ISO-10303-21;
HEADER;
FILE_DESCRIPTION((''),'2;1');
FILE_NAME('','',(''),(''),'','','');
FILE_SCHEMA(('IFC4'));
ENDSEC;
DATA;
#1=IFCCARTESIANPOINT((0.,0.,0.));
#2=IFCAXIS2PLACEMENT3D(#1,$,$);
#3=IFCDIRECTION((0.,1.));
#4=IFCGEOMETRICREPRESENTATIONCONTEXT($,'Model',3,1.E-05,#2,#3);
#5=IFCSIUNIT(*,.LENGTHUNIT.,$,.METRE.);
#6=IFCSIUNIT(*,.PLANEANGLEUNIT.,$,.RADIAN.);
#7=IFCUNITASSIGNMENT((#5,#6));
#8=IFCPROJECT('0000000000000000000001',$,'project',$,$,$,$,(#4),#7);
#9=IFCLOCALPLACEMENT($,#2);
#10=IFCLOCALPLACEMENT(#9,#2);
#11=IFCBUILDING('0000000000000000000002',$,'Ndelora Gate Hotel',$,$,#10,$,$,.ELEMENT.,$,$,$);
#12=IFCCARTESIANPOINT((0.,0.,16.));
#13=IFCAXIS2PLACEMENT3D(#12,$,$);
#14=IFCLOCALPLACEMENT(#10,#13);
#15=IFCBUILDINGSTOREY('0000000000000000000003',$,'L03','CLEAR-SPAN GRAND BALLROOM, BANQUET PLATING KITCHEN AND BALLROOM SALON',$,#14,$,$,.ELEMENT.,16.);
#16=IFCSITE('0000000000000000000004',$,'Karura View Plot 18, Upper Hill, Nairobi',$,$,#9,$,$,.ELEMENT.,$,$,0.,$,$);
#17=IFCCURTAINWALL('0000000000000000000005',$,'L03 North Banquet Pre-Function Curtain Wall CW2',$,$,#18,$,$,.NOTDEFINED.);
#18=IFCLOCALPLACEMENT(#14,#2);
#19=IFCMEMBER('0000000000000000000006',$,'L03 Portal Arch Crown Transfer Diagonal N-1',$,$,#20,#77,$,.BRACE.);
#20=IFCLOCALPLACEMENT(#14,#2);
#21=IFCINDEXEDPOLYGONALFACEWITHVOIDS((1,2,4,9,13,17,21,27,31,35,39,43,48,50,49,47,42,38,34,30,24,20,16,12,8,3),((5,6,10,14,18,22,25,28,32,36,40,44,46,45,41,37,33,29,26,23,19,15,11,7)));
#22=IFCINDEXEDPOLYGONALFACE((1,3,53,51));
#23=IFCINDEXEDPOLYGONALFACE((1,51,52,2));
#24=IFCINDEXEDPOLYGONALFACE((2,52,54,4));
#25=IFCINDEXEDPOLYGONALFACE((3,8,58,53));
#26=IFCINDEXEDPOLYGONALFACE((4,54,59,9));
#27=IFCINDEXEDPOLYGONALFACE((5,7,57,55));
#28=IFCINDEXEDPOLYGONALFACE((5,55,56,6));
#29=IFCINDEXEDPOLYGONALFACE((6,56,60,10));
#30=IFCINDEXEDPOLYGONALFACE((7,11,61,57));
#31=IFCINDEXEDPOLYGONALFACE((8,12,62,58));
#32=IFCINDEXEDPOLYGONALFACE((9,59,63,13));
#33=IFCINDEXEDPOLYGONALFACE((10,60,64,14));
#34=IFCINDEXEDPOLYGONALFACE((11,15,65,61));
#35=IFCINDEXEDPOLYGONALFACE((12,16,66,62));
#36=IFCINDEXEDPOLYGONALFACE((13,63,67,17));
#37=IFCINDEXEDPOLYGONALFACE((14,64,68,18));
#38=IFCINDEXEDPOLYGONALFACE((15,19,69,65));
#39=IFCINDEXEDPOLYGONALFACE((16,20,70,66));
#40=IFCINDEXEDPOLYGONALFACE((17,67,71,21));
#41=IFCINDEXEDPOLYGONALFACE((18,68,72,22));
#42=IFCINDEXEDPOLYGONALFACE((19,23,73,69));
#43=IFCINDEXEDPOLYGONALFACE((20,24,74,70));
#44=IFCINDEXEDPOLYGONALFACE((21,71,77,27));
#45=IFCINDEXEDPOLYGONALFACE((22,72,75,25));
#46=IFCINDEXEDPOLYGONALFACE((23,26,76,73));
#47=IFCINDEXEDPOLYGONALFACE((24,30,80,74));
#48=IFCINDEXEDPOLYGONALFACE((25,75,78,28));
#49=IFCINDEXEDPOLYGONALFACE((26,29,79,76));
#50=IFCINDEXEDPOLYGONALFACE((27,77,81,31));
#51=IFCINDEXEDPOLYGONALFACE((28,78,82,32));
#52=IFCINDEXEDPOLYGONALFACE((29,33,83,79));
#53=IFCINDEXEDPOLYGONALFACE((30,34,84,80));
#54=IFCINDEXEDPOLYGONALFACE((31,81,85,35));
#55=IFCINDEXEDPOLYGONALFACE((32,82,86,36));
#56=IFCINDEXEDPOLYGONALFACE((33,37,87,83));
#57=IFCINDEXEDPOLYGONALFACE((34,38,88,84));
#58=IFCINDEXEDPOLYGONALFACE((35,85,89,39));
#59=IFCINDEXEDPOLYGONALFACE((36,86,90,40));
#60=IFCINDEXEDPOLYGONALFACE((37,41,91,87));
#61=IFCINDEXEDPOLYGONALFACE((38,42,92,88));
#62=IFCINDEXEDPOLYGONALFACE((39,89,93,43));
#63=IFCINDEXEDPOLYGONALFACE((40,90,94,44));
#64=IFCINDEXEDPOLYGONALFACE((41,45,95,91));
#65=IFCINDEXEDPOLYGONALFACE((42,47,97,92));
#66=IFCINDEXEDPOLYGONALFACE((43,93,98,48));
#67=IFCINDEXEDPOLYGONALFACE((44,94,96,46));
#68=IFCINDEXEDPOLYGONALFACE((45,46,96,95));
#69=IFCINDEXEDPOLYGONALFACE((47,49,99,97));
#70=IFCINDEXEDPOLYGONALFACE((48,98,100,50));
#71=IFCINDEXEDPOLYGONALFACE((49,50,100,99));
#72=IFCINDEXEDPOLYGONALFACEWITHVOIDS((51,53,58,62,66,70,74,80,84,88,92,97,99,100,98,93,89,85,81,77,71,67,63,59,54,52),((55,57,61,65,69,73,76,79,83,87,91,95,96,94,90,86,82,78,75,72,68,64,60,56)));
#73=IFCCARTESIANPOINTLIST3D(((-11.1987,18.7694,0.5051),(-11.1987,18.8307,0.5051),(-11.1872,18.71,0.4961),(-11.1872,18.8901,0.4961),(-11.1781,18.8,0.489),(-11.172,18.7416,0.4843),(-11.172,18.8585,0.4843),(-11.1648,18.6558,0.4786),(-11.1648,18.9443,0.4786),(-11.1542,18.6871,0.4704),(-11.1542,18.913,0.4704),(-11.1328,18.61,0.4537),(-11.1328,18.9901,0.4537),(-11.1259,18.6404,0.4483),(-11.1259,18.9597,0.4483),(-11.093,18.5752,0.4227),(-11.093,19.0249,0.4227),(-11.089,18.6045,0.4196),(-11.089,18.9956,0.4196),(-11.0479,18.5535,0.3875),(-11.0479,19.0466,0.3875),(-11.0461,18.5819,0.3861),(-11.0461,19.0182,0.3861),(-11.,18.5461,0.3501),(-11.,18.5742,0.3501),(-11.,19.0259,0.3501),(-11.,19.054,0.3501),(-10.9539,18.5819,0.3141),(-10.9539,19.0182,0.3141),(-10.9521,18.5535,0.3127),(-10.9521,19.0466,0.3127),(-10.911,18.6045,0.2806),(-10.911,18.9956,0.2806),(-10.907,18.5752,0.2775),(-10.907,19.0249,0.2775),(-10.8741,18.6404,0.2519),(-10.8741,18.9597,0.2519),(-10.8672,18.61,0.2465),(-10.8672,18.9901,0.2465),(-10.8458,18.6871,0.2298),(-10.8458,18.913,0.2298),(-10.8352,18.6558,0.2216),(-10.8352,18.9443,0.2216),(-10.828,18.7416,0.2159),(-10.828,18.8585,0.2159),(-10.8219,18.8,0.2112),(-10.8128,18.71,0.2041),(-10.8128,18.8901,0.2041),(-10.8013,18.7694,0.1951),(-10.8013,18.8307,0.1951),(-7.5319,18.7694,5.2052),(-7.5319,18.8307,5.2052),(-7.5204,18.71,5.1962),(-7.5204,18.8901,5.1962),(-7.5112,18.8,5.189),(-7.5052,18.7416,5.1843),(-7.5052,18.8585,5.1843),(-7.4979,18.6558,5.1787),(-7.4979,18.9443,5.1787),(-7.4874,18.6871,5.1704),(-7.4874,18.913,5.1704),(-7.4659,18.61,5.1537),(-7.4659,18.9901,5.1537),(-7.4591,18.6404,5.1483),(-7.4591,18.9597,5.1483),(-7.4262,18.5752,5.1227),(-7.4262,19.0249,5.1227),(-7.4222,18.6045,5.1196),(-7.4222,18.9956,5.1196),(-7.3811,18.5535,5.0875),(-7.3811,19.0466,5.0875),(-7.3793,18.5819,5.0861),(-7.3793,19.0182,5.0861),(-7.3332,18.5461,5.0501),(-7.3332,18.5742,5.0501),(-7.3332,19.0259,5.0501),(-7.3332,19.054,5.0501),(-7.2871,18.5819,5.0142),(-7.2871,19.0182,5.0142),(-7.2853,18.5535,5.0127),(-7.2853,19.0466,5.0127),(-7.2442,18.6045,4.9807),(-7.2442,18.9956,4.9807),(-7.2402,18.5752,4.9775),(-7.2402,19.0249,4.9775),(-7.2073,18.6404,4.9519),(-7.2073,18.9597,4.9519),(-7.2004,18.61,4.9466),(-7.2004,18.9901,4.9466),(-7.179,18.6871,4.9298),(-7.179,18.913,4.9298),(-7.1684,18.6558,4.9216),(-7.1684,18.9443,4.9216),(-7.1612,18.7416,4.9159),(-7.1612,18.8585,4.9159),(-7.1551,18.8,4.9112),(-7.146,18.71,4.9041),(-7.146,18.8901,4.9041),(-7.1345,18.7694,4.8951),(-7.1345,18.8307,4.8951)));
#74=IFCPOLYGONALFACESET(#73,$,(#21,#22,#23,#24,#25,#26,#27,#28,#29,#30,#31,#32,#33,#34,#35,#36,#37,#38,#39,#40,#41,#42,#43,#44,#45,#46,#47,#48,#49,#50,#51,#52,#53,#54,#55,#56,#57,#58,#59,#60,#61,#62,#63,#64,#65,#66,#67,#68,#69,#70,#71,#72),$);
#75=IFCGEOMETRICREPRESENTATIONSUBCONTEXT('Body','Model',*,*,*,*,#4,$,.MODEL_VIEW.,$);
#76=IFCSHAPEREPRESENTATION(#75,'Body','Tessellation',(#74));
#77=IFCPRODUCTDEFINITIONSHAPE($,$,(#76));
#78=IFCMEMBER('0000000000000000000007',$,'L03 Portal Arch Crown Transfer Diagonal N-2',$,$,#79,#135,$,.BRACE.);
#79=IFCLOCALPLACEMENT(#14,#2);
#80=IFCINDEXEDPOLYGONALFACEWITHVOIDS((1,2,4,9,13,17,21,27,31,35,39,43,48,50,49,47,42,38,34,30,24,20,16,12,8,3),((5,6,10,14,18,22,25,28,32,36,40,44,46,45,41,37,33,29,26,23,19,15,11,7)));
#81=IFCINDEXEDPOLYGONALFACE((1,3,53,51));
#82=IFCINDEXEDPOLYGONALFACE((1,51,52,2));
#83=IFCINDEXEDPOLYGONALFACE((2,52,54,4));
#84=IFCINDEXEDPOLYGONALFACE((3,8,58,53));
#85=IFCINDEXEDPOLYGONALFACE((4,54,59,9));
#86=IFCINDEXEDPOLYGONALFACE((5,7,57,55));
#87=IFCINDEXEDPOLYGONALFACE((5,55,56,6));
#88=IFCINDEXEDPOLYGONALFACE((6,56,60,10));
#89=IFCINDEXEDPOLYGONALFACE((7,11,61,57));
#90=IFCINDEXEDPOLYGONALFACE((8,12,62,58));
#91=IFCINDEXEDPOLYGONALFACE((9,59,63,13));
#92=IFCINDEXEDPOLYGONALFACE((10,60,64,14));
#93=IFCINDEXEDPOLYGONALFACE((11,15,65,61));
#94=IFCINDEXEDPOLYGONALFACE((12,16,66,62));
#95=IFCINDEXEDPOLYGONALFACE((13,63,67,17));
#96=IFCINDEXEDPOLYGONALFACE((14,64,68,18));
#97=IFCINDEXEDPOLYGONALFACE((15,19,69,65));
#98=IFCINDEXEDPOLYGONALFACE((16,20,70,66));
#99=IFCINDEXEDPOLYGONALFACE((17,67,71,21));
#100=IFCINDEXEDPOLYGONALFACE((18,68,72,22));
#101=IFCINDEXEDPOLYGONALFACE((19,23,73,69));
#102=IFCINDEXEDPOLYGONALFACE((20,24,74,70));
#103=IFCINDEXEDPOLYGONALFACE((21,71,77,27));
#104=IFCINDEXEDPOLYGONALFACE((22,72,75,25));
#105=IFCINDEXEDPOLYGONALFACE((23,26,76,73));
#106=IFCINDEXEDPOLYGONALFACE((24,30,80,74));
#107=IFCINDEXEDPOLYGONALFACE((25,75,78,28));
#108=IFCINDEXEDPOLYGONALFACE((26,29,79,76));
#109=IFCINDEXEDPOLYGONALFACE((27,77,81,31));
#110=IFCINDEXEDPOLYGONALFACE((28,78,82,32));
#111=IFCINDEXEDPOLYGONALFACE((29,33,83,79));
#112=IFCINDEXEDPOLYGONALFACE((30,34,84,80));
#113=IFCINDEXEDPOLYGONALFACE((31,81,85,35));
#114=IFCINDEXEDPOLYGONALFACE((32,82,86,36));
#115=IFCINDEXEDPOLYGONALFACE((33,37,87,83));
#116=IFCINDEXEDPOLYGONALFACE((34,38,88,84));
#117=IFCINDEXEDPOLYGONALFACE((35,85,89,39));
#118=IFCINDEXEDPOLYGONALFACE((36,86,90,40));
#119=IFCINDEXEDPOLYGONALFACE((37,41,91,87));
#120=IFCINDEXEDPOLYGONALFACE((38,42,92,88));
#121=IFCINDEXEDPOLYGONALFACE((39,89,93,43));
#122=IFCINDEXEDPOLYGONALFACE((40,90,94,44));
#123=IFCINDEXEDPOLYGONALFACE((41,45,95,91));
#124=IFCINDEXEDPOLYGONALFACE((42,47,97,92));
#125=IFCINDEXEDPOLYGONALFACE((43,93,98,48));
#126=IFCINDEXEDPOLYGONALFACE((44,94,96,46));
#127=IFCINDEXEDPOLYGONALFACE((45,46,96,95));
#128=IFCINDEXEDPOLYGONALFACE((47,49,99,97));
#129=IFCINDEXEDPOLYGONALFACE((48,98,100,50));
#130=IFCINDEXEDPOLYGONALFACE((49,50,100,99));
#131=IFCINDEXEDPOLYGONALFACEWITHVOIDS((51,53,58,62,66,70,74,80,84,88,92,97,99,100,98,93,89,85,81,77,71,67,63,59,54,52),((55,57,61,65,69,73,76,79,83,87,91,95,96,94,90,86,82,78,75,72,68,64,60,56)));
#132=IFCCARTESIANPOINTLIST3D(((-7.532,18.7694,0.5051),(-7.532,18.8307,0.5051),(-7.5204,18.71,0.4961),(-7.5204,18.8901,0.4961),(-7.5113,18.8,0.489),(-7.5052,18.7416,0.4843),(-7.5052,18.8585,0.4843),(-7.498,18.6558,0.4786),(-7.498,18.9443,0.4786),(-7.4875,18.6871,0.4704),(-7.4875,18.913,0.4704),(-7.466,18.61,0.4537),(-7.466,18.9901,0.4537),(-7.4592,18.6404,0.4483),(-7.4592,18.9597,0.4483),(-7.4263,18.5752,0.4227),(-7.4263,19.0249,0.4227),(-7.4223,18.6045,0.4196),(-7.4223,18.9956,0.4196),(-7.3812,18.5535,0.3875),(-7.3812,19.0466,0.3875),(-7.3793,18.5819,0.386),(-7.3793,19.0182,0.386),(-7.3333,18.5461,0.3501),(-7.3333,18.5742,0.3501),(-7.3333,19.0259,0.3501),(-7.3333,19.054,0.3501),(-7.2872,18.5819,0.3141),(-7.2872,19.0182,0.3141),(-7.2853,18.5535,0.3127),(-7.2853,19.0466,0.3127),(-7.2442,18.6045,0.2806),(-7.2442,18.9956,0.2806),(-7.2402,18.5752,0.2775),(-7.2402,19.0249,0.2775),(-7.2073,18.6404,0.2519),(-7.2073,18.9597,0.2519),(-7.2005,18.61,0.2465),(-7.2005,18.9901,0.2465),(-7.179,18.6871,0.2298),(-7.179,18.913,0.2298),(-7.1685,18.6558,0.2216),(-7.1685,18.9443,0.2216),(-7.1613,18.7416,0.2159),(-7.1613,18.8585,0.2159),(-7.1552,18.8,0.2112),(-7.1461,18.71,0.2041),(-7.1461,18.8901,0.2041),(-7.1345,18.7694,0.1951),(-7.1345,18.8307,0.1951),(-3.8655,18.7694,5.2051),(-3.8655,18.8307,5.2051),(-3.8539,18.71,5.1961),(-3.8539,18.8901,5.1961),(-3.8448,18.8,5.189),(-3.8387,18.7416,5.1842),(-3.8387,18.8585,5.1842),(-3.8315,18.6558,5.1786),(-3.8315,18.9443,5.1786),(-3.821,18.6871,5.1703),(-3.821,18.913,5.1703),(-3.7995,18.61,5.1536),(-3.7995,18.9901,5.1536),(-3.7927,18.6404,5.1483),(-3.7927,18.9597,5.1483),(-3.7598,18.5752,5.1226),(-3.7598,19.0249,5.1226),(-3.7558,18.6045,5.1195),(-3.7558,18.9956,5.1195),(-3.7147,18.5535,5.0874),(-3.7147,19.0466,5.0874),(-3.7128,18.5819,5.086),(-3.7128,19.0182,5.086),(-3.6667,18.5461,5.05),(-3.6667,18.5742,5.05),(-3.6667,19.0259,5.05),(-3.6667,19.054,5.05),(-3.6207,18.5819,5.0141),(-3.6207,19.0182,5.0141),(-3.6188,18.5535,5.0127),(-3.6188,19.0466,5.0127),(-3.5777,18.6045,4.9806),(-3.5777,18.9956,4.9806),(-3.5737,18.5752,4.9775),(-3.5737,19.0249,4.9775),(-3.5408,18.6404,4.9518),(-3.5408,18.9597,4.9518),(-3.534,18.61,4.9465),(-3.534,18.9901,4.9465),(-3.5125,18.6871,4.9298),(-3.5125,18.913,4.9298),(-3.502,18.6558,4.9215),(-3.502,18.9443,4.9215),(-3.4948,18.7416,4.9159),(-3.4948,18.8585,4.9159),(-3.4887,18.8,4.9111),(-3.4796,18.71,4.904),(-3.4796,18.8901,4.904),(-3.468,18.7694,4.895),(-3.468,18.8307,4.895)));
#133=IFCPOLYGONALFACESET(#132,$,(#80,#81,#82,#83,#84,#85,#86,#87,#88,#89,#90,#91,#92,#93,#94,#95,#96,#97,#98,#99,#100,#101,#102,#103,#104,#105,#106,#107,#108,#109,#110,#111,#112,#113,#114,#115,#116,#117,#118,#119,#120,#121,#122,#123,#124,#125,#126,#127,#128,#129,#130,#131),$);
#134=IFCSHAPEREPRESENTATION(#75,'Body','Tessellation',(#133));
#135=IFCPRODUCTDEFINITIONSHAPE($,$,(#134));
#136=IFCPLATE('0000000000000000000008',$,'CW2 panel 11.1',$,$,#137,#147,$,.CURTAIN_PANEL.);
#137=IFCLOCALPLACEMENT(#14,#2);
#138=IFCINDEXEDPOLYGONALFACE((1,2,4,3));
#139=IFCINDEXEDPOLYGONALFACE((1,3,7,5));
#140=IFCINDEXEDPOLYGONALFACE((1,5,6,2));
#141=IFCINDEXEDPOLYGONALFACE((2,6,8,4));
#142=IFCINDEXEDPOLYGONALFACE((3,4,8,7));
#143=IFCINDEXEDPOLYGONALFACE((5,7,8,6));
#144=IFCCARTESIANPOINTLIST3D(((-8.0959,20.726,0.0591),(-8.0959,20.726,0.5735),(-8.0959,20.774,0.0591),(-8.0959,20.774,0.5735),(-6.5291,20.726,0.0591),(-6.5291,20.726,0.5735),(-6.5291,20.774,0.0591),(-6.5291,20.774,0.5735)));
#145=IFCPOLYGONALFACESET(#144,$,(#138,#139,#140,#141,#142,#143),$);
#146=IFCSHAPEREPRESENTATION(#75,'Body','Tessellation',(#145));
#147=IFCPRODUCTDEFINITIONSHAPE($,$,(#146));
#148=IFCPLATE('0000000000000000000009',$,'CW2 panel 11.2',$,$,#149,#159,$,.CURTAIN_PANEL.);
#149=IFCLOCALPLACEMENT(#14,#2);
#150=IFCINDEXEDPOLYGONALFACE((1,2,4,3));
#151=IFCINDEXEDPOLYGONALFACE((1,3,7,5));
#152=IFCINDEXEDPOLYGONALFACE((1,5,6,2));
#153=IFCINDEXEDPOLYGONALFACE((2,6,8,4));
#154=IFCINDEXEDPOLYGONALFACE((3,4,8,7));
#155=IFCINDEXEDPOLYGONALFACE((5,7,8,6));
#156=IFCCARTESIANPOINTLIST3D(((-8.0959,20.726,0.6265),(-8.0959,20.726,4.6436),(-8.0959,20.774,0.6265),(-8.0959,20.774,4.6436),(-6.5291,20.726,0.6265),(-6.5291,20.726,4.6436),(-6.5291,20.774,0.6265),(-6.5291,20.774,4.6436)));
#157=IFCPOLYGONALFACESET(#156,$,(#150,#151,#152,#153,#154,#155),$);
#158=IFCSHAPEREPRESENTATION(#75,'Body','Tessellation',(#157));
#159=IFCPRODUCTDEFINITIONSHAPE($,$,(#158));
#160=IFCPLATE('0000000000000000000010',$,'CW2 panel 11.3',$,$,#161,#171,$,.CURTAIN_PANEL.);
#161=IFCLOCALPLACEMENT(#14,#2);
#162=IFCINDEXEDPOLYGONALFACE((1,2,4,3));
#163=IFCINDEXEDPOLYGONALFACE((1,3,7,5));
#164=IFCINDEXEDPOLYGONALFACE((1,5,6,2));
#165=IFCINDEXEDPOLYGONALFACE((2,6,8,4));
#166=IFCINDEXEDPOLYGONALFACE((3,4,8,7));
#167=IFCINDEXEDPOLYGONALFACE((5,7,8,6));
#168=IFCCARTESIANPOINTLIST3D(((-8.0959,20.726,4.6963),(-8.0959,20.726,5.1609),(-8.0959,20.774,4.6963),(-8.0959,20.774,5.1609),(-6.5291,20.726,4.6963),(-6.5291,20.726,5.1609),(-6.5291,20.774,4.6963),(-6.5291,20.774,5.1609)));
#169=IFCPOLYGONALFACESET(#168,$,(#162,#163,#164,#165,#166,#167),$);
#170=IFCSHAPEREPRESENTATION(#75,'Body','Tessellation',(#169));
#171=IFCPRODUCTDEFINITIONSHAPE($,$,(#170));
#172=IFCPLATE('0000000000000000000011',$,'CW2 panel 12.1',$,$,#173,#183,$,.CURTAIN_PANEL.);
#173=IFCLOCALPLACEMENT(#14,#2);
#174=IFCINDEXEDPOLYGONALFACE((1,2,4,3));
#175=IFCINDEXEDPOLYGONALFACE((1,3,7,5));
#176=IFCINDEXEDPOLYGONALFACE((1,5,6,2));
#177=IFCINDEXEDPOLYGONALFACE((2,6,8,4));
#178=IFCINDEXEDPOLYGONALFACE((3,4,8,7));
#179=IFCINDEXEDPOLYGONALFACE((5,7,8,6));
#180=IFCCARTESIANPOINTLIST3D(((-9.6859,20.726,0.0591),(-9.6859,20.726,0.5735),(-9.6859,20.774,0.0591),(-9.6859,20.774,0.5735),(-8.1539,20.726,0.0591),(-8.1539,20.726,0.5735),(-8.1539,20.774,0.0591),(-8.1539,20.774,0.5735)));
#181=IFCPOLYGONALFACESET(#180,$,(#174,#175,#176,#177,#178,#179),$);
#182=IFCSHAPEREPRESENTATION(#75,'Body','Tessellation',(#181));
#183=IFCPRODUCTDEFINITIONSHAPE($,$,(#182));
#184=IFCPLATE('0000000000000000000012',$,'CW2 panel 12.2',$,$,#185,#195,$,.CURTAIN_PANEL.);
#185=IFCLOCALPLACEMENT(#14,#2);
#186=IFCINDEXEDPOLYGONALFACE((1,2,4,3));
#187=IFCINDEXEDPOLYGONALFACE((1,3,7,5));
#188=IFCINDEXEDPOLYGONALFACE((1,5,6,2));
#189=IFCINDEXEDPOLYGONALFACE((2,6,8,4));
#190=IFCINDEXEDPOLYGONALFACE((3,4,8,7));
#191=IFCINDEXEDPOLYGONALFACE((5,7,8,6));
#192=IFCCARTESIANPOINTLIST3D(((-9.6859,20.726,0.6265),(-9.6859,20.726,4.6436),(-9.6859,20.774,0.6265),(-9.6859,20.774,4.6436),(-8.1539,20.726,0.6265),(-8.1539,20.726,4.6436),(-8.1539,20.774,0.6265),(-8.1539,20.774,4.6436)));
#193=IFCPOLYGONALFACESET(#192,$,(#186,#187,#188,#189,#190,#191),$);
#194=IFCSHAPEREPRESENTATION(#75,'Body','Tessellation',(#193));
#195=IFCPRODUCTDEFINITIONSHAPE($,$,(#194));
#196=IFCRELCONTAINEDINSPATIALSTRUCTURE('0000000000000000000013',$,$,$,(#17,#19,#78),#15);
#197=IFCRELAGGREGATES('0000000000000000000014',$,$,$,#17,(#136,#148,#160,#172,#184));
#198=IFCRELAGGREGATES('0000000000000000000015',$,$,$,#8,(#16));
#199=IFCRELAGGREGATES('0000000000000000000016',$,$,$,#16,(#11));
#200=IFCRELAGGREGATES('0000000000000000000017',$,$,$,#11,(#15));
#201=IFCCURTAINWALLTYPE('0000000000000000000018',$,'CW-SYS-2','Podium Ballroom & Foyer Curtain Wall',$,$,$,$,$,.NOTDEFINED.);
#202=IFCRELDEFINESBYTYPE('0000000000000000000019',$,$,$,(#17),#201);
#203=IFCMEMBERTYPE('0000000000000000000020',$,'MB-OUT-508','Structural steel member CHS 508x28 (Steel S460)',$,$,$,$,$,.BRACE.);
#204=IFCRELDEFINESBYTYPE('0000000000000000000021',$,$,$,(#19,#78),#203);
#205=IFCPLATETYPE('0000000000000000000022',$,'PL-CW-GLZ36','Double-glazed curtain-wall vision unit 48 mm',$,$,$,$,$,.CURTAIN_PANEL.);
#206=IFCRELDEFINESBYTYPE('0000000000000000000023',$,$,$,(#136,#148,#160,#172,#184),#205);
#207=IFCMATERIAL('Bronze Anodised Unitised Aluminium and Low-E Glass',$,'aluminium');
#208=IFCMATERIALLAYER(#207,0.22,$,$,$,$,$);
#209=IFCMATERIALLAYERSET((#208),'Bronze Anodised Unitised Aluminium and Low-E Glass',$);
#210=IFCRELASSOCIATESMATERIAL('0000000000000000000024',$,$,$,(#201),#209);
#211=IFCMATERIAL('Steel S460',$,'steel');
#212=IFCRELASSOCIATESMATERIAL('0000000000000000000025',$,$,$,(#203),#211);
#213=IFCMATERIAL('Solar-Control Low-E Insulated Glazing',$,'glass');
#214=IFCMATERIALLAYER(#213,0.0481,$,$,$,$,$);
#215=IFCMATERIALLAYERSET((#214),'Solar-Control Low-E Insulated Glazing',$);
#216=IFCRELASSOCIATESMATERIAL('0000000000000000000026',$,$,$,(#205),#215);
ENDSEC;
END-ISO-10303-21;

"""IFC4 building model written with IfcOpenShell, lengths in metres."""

from ifc_helpers import new_model, si_unit, direction, frame, origin, origin_2d, place, context, subcontext, project, spatial, rectangle, hollow_circle, extrude, material, layer, layer_set, material_profile, profile_set, type_object, element, aggregate, save


model = new_model("IFC4")

# Units and contexts
model_context = context("Model", 3, precision=1e-05, world=origin(), true_north=direction((0.0, 1.0)))
body_context = subcontext(model_context, "Body", "Model", "MODEL_VIEW")
ifc_project = project(units=[si_unit("LENGTHUNIT", "METRE"), si_unit("PLANEANGLEUNIT", "RADIAN")], contexts=[model_context])

# Site, building, storey
site_placement = place(None, origin())
site = spatial("IfcSite", under=ifc_project, at=site_placement, Name="Karura View Plot 18, Upper Hill, Nairobi", CompositionType="ELEMENT", RefElevation=0.0)
building_placement = place(site_placement, origin())
building = spatial("IfcBuilding", under=site, at=building_placement, Name="Ndelora Gate Hotel", CompositionType="ELEMENT")
storey_placement = place(building_placement, frame((0.0, 0.0, 16.0)))
storey = spatial("IfcBuildingStorey", under=building, at=storey_placement, Name="L03", Description="CLEAR-SPAN GRAND BALLROOM, BANQUET PLATING KITCHEN AND BALLROOM SALON", CompositionType="ELEMENT", Elevation=16.0)

# Curtain wall
ifc_material_1 = material(Name="Bronze Anodised Unitised Aluminium and Low-E Glass", Category="aluminium")
ifc_layer_1 = layer(ifc_material_1, 0.22)
ifc_layer_set_1 = layer_set([ifc_layer_1], Name="Bronze Anodised Unitised Aluminium and Low-E Glass")
curtain_wall_type = type_object("IfcCurtainWallType", Name="CW-SYS-2", Description="Podium Ballroom & Foyer Curtain Wall", PredefinedType="NOTDEFINED", material=ifc_layer_set_1)
curtain_wall_placement = place(storey_placement, origin())
curtain_wall = element("IfcCurtainWall", 1, at=curtain_wall_placement, inside=storey, type_object=curtain_wall_type, Name="L03 North Banquet Pre-Function Curtain Wall CW2", PredefinedType="NOTDEFINED")

# Members
ifc_material_2 = material(Name="Steel S460", Category="steel")
ifc_material_profile_1 = material_profile(ifc_material_2, hollow_circle(Radius=0.2539, WallThickness=0.0281, at=origin_2d()), Name="CHS 508x28")
ifc_profile_set_1 = profile_set([ifc_material_profile_1], Name="Steel S460")
member_type_1 = type_object("IfcMemberType", Name="MB-OUT-508", Description="Structural steel member CHS 508x28 (Steel S460)", PredefinedType="BRACE", material=ifc_profile_set_1)
member_1_placement = place(storey_placement, frame((-11.0, 18.8, 0.3501), z_axis=(0.615114, 0.0, 0.788438), x_axis=(0.0, 1.0, 0.0)))
element("IfcMember", 2, at=member_1_placement, inside=storey, type_object=member_type_1, Name="L03 Portal Arch Crown Transfer Diagonal N-1", PredefinedType="BRACE", context=body_context, shape_type="SweptSolid", body=[
    extrude(hollow_circle(Radius=0.2539, WallThickness=0.0281, at=origin_2d()), origin(), (0.0, 0.0, 1.0), 5.9612),
])
member_2_placement = place(storey_placement, frame((-7.3333, 18.8, 0.3501), z_axis=(0.615088, 0.0, 0.788458), x_axis=(0.0, 1.0, 0.0)))
element("IfcMember", 3, at=member_2_placement, inside=storey, type_object=member_type_1, Name="L03 Portal Arch Crown Transfer Diagonal N-2", PredefinedType="BRACE", context=body_context, shape_type="SweptSolid", body=[
    extrude(hollow_circle(Radius=0.2539, WallThickness=0.0281, at=origin_2d()), origin(), (0.0, 0.0, 1.0), 5.9609),
])

# Plates
ifc_material_3 = material(Name="Solar-Control Low-E Insulated Glazing", Category="glass")
ifc_layer_2 = layer(ifc_material_3, 0.0481)
ifc_layer_set_2 = layer_set([ifc_layer_2], Name="Solar-Control Low-E Insulated Glazing")
plate_type_1 = type_object("IfcPlateType", Name="PL-CW-GLZ36", Description="Double-glazed curtain-wall vision unit 48 mm", PredefinedType="CURTAIN_PANEL", material=ifc_layer_set_2)
plate_1_placement = place(storey_placement, frame((-7.3125, 20.75, 0.0591), z_axis=(0.0, 0.0, 1.0), x_axis=(-1.0, 0.0, 0.0)))
plate_1 = element("IfcPlate", 4, at=plate_1_placement, type_object=plate_type_1, Name="CW2 panel 11.1", PredefinedType="CURTAIN_PANEL", context=body_context, shape_type="SweptSolid", body=[
    extrude(rectangle(XDim=1.5669, YDim=0.0481, at=origin_2d()), origin(), (0.0, 0.0, 1.0), 0.5144),
])
plate_2_placement = place(storey_placement, frame((-7.3125, 20.75, 0.6265), z_axis=(0.0, 0.0, 1.0), x_axis=(-1.0, 0.0, 0.0)))
plate_2 = element("IfcPlate", 5, at=plate_2_placement, type_object=plate_type_1, Name="CW2 panel 11.2", PredefinedType="CURTAIN_PANEL", context=body_context, shape_type="SweptSolid", body=[
    extrude(rectangle(XDim=1.5669, YDim=0.0481, at=origin_2d()), origin(), (0.0, 0.0, 1.0), 4.0171),
])
plate_3_placement = place(storey_placement, frame((-7.3125, 20.75, 4.6963), z_axis=(0.0, 0.0, 1.0), x_axis=(-1.0, 0.0, 0.0)))
plate_3 = element("IfcPlate", 6, at=plate_3_placement, type_object=plate_type_1, Name="CW2 panel 11.3", PredefinedType="CURTAIN_PANEL", context=body_context, shape_type="SweptSolid", body=[
    extrude(rectangle(XDim=1.5669, YDim=0.0481, at=origin_2d()), origin(), (0.0, 0.0, 1.0), 0.4646),
])
plate_4_placement = place(storey_placement, frame((-8.9199, 20.75, 0.0591), z_axis=(0.0, 0.0, 1.0), x_axis=(-1.0, 0.0, 0.0)))
plate_4 = element("IfcPlate", 7, at=plate_4_placement, type_object=plate_type_1, Name="CW2 panel 12.1", PredefinedType="CURTAIN_PANEL", context=body_context, shape_type="SweptSolid", body=[
    extrude(rectangle(XDim=1.532, YDim=0.0481, at=origin_2d()), origin(), (0.0, 0.0, 1.0), 0.5144),
])
plate_5_placement = place(storey_placement, frame((-8.9199, 20.75, 0.6265), z_axis=(0.0, 0.0, 1.0), x_axis=(-1.0, 0.0, 0.0)))
plate_5 = element("IfcPlate", 8, at=plate_5_placement, type_object=plate_type_1, Name="CW2 panel 12.2", PredefinedType="CURTAIN_PANEL", context=body_context, shape_type="SweptSolid", body=[
    extrude(rectangle(XDim=1.532, YDim=0.0481, at=origin_2d()), origin(), (0.0, 0.0, 1.0), 4.0171),
])
aggregate(curtain_wall, [plate_1, plate_2, plate_3, plate_4, plate_5])

save(model, "model.ifc")
